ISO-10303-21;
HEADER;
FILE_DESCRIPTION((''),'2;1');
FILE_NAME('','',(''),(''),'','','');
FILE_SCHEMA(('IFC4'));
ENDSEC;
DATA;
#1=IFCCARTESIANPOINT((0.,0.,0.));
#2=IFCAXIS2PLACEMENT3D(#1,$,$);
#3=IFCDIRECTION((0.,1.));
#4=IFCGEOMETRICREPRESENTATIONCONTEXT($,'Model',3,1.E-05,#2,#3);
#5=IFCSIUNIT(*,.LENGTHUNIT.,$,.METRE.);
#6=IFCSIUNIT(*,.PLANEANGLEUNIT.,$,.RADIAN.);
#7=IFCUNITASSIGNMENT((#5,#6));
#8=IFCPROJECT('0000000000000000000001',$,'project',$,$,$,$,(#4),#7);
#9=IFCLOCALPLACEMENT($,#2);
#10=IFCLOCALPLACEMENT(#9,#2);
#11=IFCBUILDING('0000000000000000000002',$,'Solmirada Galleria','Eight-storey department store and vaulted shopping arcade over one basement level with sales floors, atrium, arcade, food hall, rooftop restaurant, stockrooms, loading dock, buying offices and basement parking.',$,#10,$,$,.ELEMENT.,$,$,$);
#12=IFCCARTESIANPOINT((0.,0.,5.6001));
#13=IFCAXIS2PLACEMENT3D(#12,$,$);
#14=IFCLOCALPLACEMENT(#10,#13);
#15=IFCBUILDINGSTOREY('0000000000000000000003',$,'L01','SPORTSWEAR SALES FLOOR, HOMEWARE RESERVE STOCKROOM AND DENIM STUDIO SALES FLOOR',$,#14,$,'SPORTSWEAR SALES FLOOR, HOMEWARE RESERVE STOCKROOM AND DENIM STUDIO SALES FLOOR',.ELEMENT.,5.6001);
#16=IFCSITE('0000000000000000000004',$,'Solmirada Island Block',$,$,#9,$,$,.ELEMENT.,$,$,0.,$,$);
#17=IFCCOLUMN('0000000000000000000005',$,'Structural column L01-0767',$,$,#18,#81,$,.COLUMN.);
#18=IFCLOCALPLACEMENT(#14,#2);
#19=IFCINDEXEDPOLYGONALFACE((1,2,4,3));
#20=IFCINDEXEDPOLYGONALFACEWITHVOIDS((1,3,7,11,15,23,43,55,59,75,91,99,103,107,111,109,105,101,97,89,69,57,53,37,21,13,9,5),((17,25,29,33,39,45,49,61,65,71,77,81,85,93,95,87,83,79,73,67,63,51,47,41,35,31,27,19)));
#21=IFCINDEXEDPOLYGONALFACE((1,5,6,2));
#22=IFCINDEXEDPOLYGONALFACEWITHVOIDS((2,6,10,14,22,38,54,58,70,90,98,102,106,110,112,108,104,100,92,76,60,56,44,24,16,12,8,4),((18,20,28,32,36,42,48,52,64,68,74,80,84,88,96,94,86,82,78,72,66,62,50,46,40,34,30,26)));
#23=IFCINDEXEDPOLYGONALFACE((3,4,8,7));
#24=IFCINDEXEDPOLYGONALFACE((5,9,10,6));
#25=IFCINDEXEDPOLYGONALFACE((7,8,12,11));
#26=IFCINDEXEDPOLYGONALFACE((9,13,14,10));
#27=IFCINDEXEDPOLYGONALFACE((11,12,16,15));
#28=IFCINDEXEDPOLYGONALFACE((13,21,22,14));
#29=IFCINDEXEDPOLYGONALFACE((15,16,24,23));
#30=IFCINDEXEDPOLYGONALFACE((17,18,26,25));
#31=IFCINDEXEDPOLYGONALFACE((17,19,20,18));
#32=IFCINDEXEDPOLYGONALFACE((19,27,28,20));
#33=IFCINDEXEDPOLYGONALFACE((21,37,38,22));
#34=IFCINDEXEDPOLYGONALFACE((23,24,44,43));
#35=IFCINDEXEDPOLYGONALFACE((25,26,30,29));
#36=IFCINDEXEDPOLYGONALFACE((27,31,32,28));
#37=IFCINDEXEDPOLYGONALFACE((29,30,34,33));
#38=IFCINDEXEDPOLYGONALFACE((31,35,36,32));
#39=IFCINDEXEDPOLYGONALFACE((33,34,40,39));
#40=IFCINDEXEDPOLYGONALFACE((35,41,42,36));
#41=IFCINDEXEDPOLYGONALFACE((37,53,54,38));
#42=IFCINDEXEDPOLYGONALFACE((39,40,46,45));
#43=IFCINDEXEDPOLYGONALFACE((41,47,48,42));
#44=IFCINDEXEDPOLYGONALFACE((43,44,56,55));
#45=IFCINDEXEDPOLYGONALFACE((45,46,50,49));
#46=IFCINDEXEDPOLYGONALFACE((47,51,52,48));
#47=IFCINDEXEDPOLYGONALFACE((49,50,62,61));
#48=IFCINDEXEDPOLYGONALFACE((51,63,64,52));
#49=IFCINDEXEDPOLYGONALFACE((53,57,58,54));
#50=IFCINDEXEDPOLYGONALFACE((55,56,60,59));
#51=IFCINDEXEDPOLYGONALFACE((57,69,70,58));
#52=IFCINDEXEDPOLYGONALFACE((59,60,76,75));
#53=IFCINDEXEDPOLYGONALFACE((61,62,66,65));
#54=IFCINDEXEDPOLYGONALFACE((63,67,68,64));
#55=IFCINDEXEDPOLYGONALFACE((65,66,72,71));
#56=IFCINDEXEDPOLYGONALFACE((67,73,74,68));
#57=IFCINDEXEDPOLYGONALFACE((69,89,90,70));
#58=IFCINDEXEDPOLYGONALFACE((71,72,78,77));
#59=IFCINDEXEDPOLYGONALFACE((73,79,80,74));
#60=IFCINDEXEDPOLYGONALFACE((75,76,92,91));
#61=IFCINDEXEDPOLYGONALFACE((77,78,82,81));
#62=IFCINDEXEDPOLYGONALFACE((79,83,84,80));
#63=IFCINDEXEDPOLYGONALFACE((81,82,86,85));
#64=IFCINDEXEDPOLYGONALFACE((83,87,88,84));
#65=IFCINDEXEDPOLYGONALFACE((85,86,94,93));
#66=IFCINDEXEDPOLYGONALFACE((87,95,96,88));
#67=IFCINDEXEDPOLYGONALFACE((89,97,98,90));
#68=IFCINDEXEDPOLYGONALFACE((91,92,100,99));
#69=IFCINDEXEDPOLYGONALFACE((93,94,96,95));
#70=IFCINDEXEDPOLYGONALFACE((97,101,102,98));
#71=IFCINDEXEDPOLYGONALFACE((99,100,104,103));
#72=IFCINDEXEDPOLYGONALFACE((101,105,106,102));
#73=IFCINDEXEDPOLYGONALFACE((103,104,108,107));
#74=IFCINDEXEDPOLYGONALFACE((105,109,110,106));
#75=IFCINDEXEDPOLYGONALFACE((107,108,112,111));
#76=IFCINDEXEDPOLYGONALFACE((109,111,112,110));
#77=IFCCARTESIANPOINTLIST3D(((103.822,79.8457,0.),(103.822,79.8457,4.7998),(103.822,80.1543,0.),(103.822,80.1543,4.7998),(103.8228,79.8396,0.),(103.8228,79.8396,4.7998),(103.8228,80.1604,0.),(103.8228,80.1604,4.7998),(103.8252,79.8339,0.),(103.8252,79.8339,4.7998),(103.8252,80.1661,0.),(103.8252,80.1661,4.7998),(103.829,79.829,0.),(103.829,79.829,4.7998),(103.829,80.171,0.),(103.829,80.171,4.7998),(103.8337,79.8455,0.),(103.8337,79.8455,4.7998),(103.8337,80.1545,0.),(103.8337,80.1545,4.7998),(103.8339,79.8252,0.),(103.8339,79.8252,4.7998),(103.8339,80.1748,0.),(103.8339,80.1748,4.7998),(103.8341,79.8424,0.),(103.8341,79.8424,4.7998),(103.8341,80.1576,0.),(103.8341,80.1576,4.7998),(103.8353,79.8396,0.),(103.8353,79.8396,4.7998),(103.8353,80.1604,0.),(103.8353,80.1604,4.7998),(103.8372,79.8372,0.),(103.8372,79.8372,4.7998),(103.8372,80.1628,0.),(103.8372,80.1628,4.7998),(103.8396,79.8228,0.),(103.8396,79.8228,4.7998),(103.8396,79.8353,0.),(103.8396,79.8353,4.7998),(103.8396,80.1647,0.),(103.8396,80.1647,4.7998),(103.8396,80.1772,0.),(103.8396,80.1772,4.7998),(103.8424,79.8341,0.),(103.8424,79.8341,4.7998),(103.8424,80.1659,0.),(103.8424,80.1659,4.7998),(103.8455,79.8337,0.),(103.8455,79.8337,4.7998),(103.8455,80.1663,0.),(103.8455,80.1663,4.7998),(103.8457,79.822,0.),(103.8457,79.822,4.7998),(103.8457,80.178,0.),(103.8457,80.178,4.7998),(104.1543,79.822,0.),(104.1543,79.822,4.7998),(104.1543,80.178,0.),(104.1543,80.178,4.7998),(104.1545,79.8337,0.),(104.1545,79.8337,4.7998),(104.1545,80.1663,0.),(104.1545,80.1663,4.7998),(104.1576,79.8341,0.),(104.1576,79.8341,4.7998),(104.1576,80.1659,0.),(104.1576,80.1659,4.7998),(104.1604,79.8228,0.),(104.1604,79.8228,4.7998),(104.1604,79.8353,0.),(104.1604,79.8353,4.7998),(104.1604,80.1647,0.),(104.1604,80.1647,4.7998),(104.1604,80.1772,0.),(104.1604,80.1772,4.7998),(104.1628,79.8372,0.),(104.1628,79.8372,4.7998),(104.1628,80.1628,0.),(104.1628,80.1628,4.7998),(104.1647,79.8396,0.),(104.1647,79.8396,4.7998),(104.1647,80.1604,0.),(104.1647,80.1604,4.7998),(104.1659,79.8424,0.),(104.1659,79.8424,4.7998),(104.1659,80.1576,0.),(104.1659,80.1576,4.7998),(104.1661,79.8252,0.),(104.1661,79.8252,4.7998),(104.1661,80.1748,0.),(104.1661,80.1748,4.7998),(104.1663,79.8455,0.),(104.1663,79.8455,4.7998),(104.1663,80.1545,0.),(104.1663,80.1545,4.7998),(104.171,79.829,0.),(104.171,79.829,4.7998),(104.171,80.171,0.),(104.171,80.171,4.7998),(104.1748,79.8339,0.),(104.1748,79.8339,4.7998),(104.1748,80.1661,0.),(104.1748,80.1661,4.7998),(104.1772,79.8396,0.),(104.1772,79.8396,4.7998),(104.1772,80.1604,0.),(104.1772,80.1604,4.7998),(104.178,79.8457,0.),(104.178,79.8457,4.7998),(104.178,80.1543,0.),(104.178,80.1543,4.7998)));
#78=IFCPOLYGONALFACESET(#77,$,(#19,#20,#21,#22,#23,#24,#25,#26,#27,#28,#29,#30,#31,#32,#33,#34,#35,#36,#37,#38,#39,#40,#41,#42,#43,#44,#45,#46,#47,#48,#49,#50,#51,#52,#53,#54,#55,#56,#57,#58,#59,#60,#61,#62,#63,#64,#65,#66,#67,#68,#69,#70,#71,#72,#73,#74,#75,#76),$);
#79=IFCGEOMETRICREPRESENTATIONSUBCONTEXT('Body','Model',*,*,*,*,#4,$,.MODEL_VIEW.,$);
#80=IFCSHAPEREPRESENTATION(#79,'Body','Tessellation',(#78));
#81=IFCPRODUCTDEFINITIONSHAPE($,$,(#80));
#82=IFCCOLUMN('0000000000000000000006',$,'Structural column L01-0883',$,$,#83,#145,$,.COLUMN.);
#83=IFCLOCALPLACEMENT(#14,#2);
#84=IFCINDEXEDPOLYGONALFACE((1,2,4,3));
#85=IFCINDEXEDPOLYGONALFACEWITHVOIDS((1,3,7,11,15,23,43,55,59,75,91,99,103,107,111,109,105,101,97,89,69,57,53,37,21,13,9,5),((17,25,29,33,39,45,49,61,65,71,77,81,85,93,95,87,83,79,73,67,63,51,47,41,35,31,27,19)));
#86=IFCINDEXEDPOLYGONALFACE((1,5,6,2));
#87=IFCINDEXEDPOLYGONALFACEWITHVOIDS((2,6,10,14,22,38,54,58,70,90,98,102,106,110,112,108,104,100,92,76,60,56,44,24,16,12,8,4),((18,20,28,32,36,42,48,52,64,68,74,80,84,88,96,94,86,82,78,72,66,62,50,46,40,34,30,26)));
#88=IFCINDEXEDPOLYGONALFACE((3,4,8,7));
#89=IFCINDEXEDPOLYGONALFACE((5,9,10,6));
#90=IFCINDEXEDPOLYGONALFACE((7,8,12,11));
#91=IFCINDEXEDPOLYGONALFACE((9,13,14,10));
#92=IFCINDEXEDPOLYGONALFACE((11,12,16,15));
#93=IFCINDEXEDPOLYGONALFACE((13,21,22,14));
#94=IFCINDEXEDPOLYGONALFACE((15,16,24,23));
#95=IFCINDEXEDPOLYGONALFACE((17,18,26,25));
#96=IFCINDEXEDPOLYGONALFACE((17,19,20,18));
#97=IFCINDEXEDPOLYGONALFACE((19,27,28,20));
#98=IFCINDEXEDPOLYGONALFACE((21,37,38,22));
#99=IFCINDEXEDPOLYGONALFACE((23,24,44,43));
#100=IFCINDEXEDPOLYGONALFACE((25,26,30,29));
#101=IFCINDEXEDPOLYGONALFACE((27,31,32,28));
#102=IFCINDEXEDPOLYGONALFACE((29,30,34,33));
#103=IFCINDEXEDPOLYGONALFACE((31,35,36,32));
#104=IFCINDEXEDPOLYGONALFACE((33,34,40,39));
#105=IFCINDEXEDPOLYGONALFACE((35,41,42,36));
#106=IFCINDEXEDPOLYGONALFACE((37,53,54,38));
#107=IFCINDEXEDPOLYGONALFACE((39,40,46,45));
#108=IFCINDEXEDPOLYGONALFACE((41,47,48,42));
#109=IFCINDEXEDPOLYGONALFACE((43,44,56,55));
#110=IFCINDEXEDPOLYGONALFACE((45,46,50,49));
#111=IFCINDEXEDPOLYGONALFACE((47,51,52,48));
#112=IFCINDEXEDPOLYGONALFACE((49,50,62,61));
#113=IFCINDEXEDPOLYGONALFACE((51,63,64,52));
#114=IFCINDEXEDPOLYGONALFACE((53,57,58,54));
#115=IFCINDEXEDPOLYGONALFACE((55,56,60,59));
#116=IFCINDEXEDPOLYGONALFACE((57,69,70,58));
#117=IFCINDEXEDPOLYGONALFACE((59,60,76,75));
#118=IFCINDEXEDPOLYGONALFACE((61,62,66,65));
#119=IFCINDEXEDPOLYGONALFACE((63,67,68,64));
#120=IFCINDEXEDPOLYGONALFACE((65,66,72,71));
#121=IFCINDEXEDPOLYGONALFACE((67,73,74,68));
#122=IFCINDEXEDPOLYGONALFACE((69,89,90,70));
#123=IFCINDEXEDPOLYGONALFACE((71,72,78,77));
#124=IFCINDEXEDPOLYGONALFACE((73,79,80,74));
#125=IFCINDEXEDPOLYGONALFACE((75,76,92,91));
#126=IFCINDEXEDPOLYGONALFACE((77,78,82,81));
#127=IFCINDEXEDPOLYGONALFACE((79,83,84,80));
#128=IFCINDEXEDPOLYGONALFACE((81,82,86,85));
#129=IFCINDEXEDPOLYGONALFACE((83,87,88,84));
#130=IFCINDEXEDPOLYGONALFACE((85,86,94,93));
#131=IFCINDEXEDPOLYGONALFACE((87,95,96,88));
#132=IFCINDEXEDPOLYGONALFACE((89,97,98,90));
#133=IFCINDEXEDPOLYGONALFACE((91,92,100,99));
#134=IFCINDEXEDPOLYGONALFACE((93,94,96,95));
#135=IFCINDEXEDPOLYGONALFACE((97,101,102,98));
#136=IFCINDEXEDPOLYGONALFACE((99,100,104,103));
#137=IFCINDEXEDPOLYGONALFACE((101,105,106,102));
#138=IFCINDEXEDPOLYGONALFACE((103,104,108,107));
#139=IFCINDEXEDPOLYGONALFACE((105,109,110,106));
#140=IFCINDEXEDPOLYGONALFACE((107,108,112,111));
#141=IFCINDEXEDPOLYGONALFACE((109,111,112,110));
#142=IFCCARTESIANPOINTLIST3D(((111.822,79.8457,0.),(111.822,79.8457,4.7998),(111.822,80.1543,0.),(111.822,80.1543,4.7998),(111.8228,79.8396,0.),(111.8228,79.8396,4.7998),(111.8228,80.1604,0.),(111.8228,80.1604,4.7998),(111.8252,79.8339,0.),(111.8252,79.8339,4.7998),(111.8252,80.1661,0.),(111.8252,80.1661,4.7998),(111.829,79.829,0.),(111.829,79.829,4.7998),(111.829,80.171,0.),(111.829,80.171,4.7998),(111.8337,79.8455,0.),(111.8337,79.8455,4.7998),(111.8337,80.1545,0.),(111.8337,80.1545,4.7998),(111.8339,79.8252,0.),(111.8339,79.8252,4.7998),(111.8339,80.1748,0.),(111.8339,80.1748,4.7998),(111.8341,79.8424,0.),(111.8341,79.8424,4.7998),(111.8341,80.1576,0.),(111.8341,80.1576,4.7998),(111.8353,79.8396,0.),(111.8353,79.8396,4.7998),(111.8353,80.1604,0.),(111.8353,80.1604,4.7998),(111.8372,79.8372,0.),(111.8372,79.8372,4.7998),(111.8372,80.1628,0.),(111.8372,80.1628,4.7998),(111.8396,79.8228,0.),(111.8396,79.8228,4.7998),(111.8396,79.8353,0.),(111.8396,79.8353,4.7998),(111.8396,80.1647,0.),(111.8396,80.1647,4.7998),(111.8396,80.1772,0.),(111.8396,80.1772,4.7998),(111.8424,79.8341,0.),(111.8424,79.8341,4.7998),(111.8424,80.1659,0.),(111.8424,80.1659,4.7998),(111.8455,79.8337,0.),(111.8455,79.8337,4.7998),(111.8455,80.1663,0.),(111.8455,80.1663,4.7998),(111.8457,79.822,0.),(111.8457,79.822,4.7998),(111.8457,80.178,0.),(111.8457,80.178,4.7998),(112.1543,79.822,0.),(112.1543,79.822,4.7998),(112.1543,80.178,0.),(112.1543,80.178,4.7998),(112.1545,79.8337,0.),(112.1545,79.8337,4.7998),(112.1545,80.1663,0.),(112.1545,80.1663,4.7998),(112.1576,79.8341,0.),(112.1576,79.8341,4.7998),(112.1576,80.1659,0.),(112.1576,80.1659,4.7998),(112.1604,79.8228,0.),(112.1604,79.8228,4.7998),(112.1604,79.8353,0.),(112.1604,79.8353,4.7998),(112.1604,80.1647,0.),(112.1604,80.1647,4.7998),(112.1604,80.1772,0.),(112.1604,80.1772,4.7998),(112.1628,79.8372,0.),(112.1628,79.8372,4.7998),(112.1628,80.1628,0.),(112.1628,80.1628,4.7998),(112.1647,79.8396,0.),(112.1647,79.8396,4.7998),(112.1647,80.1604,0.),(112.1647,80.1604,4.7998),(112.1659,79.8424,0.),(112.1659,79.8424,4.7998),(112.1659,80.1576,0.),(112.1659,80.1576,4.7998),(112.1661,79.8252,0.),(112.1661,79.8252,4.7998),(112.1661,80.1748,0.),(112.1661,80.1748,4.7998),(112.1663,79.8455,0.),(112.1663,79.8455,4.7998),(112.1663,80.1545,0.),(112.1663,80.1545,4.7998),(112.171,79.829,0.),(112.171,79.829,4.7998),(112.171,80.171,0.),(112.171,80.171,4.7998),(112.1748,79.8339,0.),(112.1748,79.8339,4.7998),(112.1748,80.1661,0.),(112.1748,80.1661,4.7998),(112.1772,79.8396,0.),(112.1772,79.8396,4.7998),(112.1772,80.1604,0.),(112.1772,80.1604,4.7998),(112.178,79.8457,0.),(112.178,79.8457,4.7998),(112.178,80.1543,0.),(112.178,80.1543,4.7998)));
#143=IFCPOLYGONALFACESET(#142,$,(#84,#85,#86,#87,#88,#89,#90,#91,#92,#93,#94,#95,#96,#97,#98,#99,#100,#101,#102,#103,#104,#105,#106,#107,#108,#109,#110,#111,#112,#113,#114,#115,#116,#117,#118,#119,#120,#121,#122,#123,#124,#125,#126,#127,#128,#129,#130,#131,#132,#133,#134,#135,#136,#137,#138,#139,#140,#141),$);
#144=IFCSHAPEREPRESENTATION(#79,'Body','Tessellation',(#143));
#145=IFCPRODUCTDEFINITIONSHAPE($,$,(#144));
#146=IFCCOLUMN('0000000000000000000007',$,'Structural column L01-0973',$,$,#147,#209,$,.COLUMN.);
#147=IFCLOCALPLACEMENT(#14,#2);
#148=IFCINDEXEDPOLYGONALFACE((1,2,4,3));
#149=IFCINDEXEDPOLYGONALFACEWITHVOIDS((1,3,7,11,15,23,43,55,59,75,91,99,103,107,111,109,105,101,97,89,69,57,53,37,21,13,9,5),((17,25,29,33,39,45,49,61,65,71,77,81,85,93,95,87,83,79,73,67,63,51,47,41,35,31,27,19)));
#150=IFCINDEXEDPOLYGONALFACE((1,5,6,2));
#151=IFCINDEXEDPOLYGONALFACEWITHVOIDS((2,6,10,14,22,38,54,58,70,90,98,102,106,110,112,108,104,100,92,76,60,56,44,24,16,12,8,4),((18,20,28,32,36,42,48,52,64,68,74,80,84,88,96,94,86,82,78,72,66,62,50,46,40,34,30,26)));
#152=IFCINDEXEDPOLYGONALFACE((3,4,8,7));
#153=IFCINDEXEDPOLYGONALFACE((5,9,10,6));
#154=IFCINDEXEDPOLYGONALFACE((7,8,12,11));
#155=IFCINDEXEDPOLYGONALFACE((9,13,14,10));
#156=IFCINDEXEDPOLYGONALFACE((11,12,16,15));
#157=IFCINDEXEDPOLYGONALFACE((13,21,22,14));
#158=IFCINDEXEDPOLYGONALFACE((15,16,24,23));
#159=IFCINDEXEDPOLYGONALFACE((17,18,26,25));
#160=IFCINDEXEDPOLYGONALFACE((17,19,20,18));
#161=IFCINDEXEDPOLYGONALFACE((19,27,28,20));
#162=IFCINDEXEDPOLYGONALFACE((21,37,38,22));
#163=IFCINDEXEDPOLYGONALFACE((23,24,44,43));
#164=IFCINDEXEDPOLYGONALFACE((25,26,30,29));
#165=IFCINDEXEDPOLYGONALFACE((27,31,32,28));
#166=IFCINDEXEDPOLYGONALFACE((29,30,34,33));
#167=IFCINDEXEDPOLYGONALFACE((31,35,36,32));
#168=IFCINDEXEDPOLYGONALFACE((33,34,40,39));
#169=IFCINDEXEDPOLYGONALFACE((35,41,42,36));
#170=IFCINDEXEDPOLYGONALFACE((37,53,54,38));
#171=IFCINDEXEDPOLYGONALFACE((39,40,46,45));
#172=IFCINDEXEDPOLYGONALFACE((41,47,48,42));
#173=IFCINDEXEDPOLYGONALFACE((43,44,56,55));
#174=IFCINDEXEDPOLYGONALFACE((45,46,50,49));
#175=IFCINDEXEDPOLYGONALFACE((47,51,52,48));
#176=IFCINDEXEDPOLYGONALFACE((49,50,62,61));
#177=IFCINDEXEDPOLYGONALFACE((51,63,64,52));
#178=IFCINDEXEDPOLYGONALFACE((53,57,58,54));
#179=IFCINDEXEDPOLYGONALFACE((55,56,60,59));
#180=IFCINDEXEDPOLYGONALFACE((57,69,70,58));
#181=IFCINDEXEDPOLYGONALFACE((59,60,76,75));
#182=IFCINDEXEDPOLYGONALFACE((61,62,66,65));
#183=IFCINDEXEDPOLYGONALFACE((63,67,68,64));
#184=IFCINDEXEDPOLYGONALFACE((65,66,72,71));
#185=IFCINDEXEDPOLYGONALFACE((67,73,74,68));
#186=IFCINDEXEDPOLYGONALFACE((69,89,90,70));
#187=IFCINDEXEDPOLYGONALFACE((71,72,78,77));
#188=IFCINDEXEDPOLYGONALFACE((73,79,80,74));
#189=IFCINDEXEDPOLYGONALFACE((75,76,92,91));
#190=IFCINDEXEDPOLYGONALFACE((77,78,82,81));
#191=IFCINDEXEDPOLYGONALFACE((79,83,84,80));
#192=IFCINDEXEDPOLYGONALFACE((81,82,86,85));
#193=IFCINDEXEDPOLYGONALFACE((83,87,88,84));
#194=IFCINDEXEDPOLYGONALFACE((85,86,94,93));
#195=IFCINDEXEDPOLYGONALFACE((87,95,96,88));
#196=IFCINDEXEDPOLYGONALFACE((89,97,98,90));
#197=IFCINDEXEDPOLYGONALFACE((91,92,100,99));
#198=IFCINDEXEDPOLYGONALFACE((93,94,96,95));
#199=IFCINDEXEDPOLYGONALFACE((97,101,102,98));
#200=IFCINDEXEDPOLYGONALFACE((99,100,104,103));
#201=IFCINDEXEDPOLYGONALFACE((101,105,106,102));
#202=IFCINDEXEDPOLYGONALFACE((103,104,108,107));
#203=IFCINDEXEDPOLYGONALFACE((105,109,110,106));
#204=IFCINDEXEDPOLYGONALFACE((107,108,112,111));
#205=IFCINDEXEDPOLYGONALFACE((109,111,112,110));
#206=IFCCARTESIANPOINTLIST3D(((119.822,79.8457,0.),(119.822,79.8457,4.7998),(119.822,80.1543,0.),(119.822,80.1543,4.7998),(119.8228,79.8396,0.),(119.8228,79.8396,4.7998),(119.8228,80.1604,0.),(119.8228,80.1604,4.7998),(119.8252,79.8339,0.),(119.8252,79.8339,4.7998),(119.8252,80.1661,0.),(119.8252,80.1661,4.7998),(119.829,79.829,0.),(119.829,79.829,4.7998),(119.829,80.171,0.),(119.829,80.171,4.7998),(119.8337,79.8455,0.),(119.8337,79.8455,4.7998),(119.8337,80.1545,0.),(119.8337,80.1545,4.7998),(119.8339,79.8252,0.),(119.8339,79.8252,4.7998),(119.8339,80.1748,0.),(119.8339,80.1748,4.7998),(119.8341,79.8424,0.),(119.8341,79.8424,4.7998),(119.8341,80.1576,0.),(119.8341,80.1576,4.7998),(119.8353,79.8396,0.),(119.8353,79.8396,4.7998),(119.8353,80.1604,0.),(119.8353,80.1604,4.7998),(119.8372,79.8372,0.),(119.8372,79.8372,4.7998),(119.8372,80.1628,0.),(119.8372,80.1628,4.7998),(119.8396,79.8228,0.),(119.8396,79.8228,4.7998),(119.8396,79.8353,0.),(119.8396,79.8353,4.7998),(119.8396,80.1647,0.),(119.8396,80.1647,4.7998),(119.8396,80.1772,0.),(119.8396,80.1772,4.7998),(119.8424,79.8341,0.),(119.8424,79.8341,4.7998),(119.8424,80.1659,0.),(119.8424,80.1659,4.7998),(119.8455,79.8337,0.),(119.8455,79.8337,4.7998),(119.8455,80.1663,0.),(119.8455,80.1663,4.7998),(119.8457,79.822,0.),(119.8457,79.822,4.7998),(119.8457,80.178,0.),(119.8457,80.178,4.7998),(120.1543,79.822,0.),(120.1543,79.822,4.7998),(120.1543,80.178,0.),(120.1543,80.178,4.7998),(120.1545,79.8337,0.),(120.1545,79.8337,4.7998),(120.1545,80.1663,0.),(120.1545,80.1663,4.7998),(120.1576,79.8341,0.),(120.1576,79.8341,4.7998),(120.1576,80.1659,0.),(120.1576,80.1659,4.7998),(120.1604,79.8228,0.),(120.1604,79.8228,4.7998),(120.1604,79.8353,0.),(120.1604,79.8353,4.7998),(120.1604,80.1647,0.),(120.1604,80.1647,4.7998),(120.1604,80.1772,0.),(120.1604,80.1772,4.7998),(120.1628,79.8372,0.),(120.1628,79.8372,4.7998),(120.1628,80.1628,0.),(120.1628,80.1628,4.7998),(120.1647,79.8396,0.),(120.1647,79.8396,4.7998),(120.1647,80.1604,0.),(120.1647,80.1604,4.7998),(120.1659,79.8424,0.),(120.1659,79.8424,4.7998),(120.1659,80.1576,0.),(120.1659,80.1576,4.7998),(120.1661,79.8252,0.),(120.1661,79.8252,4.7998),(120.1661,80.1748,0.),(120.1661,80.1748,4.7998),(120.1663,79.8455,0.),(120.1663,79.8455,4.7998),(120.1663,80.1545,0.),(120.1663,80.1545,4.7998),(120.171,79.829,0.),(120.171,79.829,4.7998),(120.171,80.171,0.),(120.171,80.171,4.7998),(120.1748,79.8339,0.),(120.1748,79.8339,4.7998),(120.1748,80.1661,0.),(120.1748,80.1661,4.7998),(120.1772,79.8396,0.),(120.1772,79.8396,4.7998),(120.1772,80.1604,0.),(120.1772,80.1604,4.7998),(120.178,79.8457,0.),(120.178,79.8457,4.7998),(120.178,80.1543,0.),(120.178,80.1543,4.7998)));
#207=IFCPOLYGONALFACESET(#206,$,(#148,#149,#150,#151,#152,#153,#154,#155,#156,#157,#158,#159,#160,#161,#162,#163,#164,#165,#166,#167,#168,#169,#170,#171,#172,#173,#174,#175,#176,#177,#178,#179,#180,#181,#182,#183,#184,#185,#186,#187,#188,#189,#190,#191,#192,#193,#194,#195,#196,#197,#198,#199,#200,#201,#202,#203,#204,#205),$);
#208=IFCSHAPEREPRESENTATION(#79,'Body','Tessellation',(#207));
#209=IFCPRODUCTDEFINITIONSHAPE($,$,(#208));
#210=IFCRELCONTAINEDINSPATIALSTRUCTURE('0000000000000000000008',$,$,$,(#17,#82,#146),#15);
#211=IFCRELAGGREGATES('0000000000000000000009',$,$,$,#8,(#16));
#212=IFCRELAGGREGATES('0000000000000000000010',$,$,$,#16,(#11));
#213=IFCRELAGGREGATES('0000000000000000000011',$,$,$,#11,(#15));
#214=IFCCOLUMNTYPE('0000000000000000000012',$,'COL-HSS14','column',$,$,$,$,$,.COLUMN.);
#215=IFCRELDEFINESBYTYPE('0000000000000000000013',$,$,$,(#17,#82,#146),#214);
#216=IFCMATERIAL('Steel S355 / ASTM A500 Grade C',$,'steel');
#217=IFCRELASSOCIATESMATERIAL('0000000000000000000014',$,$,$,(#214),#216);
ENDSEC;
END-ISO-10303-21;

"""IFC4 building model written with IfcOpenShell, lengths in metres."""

from ifc_helpers import new_model, si_unit, direction, frame, origin, origin_2d, place, context, subcontext, project, spatial, hollow_rectangle, extrude, material, material_profile, profile_set, type_object, element, save


model = new_model("IFC4")

# Units and contexts
model_context = context("Model", 3, precision=1e-05, world=origin(), true_north=direction((0.0, 1.0)))
body_context = subcontext(model_context, "Body", "Model", "MODEL_VIEW")
ifc_project = project(units=[si_unit("LENGTHUNIT", "METRE"), si_unit("PLANEANGLEUNIT", "RADIAN")], contexts=[model_context])

# Site, building, storey
site_placement = place(None, origin())
site = spatial("IfcSite", under=ifc_project, at=site_placement, Name="Solmirada Island Block", CompositionType="ELEMENT", RefElevation=0.0)
building_placement = place(site_placement, origin())
building = spatial("IfcBuilding", under=site, at=building_placement, Name="Solmirada Galleria", Description="Eight-storey department store and vaulted shopping arcade over one basement level with sales floors, atrium, arcade, food hall, rooftop restaurant, stockrooms, loading dock, buying offices and basement parking.", CompositionType="ELEMENT")
storey_placement = place(building_placement, frame((0.0, 0.0, 5.6001)))
storey = spatial("IfcBuildingStorey", under=building, at=storey_placement, Name="L01", Description="SPORTSWEAR SALES FLOOR, HOMEWARE RESERVE STOCKROOM AND DENIM STUDIO SALES FLOOR", LongName="SPORTSWEAR SALES FLOOR, HOMEWARE RESERVE STOCKROOM AND DENIM STUDIO SALES FLOOR", CompositionType="ELEMENT", Elevation=5.6001)

# Columns
ifc_material_1 = material(Name="Steel S355 / ASTM A500 Grade C", Category="steel")
ifc_material_profile_1 = material_profile(ifc_material_1, hollow_rectangle(XDim=0.356, YDim=0.356, WallThickness=0.0117, InnerFilletRadius=0.0117, OuterFilletRadius=0.0237, at=origin_2d()), Name="HSS14X14X1/2")
ifc_profile_set_1 = profile_set([ifc_material_profile_1], Name="Steel S355 / ASTM A500 Grade C")
column_type_1 = type_object("IfcColumnType", Name="COL-HSS14", Description="column", PredefinedType="COLUMN", material=ifc_profile_set_1)
for number, where, z_axis, x_axis, name in (
    (1, (104.0, 80.0, 0.0), (0.0, 0.0, 1.0), (1.0, 0.0, 0.0), "Structural column L01-0767"),
    (2, (112.0, 80.0, 0.0), (0.0, 0.0, 1.0), (1.0, 0.0, 0.0), "Structural column L01-0883"),
    (3, (120.0, 80.0, 0.0), (0.0, 0.0, 1.0), (1.0, 0.0, 0.0), "Structural column L01-0973"),
):
    element("IfcColumn", number, at=place(storey_placement, frame(where, z_axis=z_axis, x_axis=x_axis)), inside=storey, type_object=column_type_1, Name=name, PredefinedType="COLUMN", context=body_context, shape_type="SweptSolid", body=[
        extrude(hollow_rectangle(XDim=0.356, YDim=0.356, WallThickness=0.0117, InnerFilletRadius=0.0117, OuterFilletRadius=0.0237, at=origin_2d()), origin(), (0.0, 0.0, 1.0), 4.7998),
    ])

save(model, "model.ifc")
